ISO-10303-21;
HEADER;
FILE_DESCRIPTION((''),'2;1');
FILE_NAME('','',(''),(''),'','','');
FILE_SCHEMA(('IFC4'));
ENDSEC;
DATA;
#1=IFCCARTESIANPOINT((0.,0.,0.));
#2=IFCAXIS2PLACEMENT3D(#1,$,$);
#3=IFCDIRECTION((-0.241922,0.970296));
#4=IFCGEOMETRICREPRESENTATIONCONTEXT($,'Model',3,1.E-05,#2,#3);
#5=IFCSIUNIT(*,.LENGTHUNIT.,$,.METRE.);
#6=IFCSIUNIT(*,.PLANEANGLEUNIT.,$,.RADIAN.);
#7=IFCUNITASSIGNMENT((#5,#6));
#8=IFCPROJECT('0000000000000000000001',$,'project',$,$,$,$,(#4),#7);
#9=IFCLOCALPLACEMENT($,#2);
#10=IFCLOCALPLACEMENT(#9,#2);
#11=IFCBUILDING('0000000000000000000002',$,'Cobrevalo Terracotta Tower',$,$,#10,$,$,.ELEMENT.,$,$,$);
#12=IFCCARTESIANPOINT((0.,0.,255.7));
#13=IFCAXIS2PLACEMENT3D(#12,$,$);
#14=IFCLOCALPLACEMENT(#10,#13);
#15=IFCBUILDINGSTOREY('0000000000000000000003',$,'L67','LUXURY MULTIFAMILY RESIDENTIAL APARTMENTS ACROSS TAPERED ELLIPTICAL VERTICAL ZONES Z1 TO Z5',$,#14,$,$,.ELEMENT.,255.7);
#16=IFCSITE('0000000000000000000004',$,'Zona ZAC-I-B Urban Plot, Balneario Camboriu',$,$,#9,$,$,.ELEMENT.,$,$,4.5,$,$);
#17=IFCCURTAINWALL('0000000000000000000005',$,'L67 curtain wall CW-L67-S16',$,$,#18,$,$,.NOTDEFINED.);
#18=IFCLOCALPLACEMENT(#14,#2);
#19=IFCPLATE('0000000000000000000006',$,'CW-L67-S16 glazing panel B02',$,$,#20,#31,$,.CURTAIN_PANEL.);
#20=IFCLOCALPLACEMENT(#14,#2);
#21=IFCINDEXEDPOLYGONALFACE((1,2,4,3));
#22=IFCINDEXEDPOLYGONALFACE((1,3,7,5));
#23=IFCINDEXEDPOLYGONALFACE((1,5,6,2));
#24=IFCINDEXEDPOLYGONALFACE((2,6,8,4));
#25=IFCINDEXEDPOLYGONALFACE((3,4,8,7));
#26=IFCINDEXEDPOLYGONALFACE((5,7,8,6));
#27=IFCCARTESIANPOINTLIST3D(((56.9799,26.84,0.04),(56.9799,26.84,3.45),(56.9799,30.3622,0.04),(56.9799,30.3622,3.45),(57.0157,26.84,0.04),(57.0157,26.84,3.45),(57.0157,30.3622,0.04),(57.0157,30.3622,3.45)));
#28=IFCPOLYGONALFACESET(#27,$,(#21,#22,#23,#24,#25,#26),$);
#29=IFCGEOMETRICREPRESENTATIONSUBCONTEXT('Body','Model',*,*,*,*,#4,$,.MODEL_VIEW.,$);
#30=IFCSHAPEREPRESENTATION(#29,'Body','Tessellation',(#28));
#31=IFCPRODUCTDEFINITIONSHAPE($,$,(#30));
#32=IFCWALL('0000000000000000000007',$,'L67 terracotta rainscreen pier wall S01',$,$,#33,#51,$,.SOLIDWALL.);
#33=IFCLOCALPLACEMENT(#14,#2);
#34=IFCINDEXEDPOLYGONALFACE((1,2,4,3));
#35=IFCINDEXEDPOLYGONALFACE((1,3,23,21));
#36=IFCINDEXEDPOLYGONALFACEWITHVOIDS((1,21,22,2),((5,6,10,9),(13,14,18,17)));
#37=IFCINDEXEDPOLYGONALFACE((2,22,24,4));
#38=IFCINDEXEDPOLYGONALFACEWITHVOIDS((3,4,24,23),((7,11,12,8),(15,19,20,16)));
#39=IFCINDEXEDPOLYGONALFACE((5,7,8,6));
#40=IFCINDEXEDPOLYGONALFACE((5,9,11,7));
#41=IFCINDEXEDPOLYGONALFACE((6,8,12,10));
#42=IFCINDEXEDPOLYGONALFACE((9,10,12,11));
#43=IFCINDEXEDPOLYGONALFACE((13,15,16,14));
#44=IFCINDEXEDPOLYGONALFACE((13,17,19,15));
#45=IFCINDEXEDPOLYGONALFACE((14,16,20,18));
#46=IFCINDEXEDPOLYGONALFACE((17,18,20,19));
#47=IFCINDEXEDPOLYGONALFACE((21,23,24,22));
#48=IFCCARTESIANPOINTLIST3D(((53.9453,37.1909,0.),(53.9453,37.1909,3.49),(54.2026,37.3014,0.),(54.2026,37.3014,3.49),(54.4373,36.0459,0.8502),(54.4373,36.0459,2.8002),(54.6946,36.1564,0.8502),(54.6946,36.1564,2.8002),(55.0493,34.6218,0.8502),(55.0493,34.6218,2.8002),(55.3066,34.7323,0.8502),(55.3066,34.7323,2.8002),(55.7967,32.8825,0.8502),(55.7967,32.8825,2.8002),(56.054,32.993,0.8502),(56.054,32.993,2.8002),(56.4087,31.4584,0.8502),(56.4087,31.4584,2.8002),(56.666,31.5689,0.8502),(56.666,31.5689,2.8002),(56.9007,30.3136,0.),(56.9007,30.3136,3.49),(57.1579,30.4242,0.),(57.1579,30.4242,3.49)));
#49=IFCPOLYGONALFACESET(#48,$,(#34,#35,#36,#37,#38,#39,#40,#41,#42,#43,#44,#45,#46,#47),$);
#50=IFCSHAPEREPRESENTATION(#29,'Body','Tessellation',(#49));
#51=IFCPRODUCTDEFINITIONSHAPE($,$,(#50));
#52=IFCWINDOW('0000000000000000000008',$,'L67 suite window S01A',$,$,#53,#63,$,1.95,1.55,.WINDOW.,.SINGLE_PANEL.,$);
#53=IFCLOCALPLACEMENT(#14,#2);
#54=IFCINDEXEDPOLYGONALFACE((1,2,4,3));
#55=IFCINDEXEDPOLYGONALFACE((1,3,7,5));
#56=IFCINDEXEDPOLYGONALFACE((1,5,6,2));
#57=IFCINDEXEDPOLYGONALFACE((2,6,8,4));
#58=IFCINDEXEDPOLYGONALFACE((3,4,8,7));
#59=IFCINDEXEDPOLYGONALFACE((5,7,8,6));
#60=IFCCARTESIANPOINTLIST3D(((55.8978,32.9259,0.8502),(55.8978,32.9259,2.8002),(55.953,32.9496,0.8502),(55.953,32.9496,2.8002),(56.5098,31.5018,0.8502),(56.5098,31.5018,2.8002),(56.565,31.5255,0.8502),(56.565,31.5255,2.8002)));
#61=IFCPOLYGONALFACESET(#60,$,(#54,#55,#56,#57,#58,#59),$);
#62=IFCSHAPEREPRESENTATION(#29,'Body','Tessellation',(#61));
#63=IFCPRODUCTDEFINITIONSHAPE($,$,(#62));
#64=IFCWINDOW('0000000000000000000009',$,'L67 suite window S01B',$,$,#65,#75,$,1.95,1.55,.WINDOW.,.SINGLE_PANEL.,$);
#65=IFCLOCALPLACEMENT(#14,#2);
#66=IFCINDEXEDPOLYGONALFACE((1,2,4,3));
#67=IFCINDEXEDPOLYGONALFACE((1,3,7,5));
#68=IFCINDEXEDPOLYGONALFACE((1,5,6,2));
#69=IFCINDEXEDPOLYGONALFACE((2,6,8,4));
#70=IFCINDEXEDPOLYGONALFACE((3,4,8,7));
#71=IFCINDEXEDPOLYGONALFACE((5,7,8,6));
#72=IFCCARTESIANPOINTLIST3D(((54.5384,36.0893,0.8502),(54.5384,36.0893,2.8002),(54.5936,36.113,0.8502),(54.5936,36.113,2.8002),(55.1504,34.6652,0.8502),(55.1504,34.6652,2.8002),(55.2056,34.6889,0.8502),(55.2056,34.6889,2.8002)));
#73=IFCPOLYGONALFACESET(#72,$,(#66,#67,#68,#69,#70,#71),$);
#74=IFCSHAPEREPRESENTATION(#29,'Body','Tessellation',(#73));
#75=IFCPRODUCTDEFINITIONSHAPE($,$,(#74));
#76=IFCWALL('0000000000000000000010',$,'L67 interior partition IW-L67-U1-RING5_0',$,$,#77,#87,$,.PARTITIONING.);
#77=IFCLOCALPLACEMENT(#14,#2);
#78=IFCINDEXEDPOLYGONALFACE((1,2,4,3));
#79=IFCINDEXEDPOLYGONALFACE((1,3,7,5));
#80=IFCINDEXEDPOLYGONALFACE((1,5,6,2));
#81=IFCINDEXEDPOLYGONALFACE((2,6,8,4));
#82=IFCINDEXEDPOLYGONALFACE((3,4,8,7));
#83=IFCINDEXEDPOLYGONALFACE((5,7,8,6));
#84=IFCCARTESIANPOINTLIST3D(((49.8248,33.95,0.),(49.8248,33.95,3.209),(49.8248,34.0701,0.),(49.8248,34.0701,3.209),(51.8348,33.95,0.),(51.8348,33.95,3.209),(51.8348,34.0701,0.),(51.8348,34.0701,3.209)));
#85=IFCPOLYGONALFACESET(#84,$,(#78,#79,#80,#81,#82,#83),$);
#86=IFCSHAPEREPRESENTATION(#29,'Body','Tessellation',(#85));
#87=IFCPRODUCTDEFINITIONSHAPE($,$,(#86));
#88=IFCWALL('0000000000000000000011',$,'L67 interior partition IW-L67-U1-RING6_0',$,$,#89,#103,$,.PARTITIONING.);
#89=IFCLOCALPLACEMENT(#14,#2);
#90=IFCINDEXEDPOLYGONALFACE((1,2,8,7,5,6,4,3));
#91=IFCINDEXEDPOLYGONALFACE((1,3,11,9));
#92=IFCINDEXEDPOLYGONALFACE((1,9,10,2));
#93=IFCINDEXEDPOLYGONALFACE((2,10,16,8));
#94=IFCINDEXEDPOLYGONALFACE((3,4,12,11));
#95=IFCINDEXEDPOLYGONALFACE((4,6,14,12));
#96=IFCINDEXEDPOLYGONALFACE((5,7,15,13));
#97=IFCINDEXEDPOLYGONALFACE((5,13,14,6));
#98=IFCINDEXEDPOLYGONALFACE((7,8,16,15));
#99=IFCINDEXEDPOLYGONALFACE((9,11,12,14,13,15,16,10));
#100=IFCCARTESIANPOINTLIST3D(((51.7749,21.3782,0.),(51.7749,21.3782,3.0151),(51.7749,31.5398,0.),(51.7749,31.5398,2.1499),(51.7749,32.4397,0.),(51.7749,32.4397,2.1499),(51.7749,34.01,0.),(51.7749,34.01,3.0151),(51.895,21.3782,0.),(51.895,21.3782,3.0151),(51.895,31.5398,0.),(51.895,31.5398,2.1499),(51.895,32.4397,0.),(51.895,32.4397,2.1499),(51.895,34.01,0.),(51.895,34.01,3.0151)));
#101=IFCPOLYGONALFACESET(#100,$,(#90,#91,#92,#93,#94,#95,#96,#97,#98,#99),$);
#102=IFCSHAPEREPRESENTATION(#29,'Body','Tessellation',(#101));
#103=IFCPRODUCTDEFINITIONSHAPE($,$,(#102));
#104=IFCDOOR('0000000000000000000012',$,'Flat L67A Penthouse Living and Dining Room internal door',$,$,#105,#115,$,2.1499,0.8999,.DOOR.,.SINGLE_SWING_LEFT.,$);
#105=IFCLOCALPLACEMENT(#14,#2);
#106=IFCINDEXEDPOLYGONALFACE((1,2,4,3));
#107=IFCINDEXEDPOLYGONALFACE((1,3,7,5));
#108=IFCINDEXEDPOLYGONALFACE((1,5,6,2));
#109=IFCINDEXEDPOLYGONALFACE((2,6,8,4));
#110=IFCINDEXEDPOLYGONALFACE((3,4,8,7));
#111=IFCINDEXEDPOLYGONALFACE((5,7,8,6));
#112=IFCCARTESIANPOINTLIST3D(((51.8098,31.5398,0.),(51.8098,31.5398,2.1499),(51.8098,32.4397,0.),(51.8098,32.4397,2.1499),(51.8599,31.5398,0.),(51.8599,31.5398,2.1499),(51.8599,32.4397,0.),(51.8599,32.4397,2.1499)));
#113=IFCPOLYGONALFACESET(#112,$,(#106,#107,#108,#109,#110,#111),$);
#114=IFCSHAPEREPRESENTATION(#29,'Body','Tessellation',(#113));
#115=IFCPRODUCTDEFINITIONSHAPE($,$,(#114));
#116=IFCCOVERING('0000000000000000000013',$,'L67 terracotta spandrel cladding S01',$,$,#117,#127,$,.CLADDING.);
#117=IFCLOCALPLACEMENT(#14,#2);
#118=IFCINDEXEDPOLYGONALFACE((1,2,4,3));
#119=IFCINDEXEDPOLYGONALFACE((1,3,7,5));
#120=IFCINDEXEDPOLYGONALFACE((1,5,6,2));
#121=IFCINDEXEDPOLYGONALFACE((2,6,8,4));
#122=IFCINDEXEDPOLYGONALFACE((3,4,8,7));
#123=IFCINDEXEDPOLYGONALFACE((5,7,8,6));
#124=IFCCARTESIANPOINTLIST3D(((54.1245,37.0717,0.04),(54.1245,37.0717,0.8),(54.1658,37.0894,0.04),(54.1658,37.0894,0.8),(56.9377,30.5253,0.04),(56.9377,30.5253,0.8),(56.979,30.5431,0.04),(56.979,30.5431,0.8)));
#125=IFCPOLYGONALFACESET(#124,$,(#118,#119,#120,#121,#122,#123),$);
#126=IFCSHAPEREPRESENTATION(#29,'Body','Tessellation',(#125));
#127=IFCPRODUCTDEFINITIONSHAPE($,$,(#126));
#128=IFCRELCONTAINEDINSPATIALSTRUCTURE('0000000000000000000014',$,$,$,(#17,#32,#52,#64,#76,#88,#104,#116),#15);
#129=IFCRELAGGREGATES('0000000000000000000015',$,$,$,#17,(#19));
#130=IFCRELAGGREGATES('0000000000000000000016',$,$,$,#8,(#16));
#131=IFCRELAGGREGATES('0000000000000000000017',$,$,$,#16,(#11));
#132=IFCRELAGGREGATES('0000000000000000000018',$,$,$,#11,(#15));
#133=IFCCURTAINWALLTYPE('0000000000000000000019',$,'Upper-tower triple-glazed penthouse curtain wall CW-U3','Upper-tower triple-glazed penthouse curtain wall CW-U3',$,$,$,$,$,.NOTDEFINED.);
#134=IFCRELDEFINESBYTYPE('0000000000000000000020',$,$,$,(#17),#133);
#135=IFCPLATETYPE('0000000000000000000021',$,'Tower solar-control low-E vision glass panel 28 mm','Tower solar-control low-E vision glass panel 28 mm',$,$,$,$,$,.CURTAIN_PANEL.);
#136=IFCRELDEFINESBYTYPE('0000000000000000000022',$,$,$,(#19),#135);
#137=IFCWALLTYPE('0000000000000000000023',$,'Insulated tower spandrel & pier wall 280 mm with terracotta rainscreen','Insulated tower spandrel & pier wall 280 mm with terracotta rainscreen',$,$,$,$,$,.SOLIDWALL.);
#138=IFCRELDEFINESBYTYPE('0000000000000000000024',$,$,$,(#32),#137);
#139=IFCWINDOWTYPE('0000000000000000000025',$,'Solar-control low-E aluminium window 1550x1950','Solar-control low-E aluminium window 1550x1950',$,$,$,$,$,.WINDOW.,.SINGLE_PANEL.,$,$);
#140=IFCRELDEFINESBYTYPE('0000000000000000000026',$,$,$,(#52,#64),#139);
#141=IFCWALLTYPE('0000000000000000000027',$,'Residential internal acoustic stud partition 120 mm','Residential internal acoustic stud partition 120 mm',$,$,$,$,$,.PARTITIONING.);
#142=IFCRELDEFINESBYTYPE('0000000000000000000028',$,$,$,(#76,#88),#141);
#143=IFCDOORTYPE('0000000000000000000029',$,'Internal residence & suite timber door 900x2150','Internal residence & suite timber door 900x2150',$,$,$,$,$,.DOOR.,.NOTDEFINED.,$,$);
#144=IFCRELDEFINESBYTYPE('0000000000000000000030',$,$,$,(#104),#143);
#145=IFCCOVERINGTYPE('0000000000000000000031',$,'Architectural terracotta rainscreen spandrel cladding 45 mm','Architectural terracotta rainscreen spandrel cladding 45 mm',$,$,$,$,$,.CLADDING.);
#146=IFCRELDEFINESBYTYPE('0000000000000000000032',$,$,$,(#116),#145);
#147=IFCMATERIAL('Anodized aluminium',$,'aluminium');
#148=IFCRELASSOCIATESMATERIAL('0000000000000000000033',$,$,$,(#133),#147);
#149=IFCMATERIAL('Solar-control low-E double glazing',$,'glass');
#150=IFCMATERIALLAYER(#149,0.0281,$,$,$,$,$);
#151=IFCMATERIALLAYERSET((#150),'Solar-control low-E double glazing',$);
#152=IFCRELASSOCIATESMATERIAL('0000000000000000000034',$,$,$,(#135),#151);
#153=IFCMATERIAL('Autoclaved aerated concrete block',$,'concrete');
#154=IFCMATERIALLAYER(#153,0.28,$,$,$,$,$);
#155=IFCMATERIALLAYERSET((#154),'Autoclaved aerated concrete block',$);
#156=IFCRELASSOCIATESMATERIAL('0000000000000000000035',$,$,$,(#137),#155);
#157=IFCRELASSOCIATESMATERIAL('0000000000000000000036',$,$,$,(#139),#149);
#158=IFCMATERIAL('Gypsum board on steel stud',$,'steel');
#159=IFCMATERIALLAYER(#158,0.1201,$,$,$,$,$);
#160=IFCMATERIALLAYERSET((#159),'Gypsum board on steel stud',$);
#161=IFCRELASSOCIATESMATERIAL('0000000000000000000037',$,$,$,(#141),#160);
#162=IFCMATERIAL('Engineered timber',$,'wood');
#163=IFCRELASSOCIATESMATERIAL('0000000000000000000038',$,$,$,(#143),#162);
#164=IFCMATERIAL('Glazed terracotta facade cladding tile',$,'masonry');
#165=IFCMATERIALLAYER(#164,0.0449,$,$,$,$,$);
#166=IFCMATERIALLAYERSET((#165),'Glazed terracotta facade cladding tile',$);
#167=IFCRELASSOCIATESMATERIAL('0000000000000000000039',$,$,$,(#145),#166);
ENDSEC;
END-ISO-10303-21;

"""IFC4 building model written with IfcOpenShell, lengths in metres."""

from ifc_helpers import new_model, si_unit, direction, frame, frame_2d, origin, origin_2d, place, context, subcontext, project, spatial, rectangle, extrude, source, transform, mapped, material, layer, layer_set, type_object, element, fill, aggregate, save


model = new_model("IFC4")

# Units and contexts
model_context = context("Model", 3, precision=1e-05, world=origin(), true_north=direction((-0.241922, 0.970296)))
body_context = subcontext(model_context, "Body", "Model", "MODEL_VIEW")
ifc_project = project(units=[si_unit("LENGTHUNIT", "METRE"), si_unit("PLANEANGLEUNIT", "RADIAN")], contexts=[model_context])

# Site, building, storey
site_placement = place(None, origin())
site = spatial("IfcSite", under=ifc_project, at=site_placement, Name="Zona ZAC-I-B Urban Plot, Balneario Camboriu", CompositionType="ELEMENT", RefElevation=4.5)
building_placement = place(site_placement, origin())
building = spatial("IfcBuilding", under=site, at=building_placement, Name="Cobrevalo Terracotta Tower", CompositionType="ELEMENT")
storey_placement = place(building_placement, frame((0.0, 0.0, 255.7)))
storey = spatial("IfcBuildingStorey", under=building, at=storey_placement, Name="L67", Description="LUXURY MULTIFAMILY RESIDENTIAL APARTMENTS ACROSS TAPERED ELLIPTICAL VERTICAL ZONES Z1 TO Z5", CompositionType="ELEMENT", Elevation=255.7)

# Curtain wall, plate
ifc_material_1 = material(Name="Anodized aluminium", Category="aluminium")
curtain_wall_type = type_object("IfcCurtainWallType", Name="Upper-tower triple-glazed penthouse curtain wall CW-U3", Description="Upper-tower triple-glazed penthouse curtain wall CW-U3", PredefinedType="NOTDEFINED", material=ifc_material_1)
curtain_wall_placement = place(storey_placement, origin())
curtain_wall = element("IfcCurtainWall", 1, at=curtain_wall_placement, inside=storey, type_object=curtain_wall_type, Name="L67 curtain wall CW-L67-S16", PredefinedType="NOTDEFINED")
ifc_material_2 = material(Name="Solar-control low-E double glazing", Category="glass")
ifc_layer_1 = layer(ifc_material_2, 0.0281)
ifc_layer_set_1 = layer_set([ifc_layer_1], Name="Solar-control low-E double glazing")
plate_type = type_object("IfcPlateType", Name="Tower solar-control low-E vision glass panel 28 mm", Description="Tower solar-control low-E vision glass panel 28 mm", PredefinedType="CURTAIN_PANEL", material=ifc_layer_set_1)
shared_shape_1 = source(origin(), body_context, "Body", "SweptSolid", [
    extrude(rectangle(XDim=3.5222, YDim=0.0359, at=origin_2d()), origin(), (0.0, 0.0, 1.0), 3.4099),
])
plate_1_placement = place(storey_placement, frame((56.9978, 28.6011, 0.04), z_axis=(0.0, 0.0, 1.0), x_axis=(0.0, 1.0, 0.0)))
plate_1 = element("IfcPlate", 2, at=plate_1_placement, type_object=plate_type, Name="CW-L67-S16 glazing panel B02", PredefinedType="CURTAIN_PANEL", context=body_context, shape_type="MappedRepresentation", body=[
    mapped(shared_shape_1, transform((0.0, 0.0, 0.0), scale=1.0)),
])
aggregate(curtain_wall, [plate_1])

# Wall, openings, windows
ifc_material_3 = material(Name="Autoclaved aerated concrete block", Category="concrete")
ifc_layer_2 = layer(ifc_material_3, 0.28)
ifc_layer_set_2 = layer_set([ifc_layer_2], Name="Autoclaved aerated concrete block")
wall_type_1 = type_object("IfcWallType", Name="Insulated tower spandrel & pier wall 280 mm with terracotta rainscreen", Description="Insulated tower spandrel & pier wall 280 mm with terracotta rainscreen", PredefinedType="SOLIDWALL", material=ifc_layer_set_2)
wall_1_placement = place(storey_placement, frame((57.0293, 30.3689, 0.0), z_axis=(0.0, 0.0, 1.0), x_axis=(-0.394817, 0.91876, 0.0)))
wall_1 = element("IfcWall", 3, at=wall_1_placement, inside=storey, type_object=wall_type_1, Name="L67 terracotta rainscreen pier wall S01", PredefinedType="SOLIDWALL", context=body_context, shape_type="SweptSolid", body=[
    extrude(rectangle(XDim=7.4854, YDim=0.28, at=frame_2d((3.7427, 0.0))), origin(), (0.0, 0.0, 1.0), 3.49),
])
opening_1_placement = place(wall_1_placement, frame((1.2461, 0.0, 0.8501)))
opening_1 = element("IfcOpeningElement", 4, at=opening_1_placement, cuts=wall_1, PredefinedType="OPENING", context=body_context, shape_type="SweptSolid", body=[
    extrude(rectangle(XDim=1.55, YDim=1.95, at=frame_2d((0.7749, 0.9751))), frame((0.0, 0.1499, 0.0), z_axis=(0.0, -1.0, 0.0), x_axis=(1.0, 0.0, 0.0)), (0.0, 0.0, 1.0), 0.3),
])
opening_2_placement = place(wall_1_placement, frame((4.6892, 0.0, 0.8501)))
opening_2 = element("IfcOpeningElement", 5, at=opening_2_placement, cuts=wall_1, PredefinedType="OPENING", context=body_context, shape_type="SweptSolid", body=[
    extrude(rectangle(XDim=1.55, YDim=1.95, at=frame_2d((0.7749, 0.9751))), frame((0.0, 0.1499, 0.0), z_axis=(0.0, -1.0, 0.0), x_axis=(1.0, 0.0, 0.0)), (0.0, 0.0, 1.0), 0.3),
])
window_type = type_object("IfcWindowType", Name="Solar-control low-E aluminium window 1550x1950", Description="Solar-control low-E aluminium window 1550x1950", PartitioningType="SINGLE_PANEL", PredefinedType="WINDOW", material=ifc_material_2)
shared_shape_2 = source(origin(), body_context, "Body", "SweptSolid", [
    extrude(rectangle(XDim=1.55, YDim=1.95, at=frame_2d((0.7749, 0.9751))), frame((0.0, 0.03, 0.0), z_axis=(0.0, -1.0, 0.0), x_axis=(1.0, 0.0, 0.0)), (0.0, 0.0, 1.0), 0.0601),
])
window_1_placement = place(opening_1_placement, origin())
window_1 = element("IfcWindow", 6, at=window_1_placement, inside=storey, type_object=window_type, Name="L67 suite window S01A", OverallHeight=1.95, OverallWidth=1.55, PartitioningType="SINGLE_PANEL", PredefinedType="WINDOW", context=body_context, shape_type="MappedRepresentation", body=[
    mapped(shared_shape_2, transform((0.0, 0.0, 0.0), scale=1.0)),
])
fill(opening_1, window_1)
window_2_placement = place(opening_2_placement, origin())
window_2 = element("IfcWindow", 7, at=window_2_placement, inside=storey, type_object=window_type, Name="L67 suite window S01B", OverallHeight=1.95, OverallWidth=1.55, PartitioningType="SINGLE_PANEL", PredefinedType="WINDOW", context=body_context, shape_type="MappedRepresentation", body=[
    mapped(shared_shape_2, transform((0.0, 0.0, 0.0), scale=1.0)),
])
fill(opening_2, window_2)

# Wall
ifc_material_4 = material(Name="Gypsum board on steel stud", Category="steel")
ifc_layer_3 = layer(ifc_material_4, 0.1201)
ifc_layer_set_3 = layer_set([ifc_layer_3], Name="Gypsum board on steel stud")
wall_type_2 = type_object("IfcWallType", Name="Residential internal acoustic stud partition 120 mm", Description="Residential internal acoustic stud partition 120 mm", PredefinedType="PARTITIONING", material=ifc_layer_set_3)
wall_2_placement = place(storey_placement, frame((49.825, 34.01, 0.0), z_axis=(0.0, 0.0, 1.0), x_axis=(1.0, 0.0, 0.0)))
element("IfcWall", 8, at=wall_2_placement, inside=storey, type_object=wall_type_2, Name="L67 interior partition IW-L67-U1-RING5_0", PredefinedType="PARTITIONING", context=body_context, shape_type="SweptSolid", body=[
    extrude(rectangle(XDim=2.01, YDim=0.1201, at=frame_2d((1.0049, 0.0))), origin(), (0.0, 0.0, 1.0), 3.209),
])

# Wall, opening, door
wall_3_placement = place(storey_placement, frame((51.835, 34.01, 0.0), z_axis=(0.0, 0.0, 1.0), x_axis=(0.0, -1.0, 0.0)))
wall_3 = element("IfcWall", 9, at=wall_3_placement, inside=storey, type_object=wall_type_2, Name="L67 interior partition IW-L67-U1-RING6_0", PredefinedType="PARTITIONING", context=body_context, shape_type="SweptSolid", body=[
    extrude(rectangle(XDim=12.6318, YDim=0.1201, at=frame_2d((6.3159, 0.0))), origin(), (0.0, 0.0, 1.0), 3.0151),
])
opening_3_placement = place(wall_3_placement, frame((1.5703, 0.0, 0.0)))
opening_3 = element("IfcOpeningElement", 10, at=opening_3_placement, cuts=wall_3, PredefinedType="OPENING", context=body_context, shape_type="SweptSolid", body=[
    extrude(rectangle(XDim=0.8999, YDim=2.1499, at=frame_2d((0.45, 1.075))), frame((0.0, 0.0701, 0.0), z_axis=(0.0, -1.0, 0.0), x_axis=(1.0, 0.0, 0.0)), (0.0, 0.0, 1.0), 0.1401),
])
ifc_material_5 = material(Name="Engineered timber", Category="wood")
door_type_1 = type_object("IfcDoorType", Name="Internal residence & suite timber door 900x2150", Description="Internal residence & suite timber door 900x2150", OperationType="NOTDEFINED", PredefinedType="DOOR", material=ifc_material_5)
shared_shape_3 = source(origin(), body_context, "Body", "SweptSolid", [
    extrude(rectangle(XDim=0.8999, YDim=2.1499, at=frame_2d((0.45, 1.075))), frame((0.0, 0.0249, 0.0), z_axis=(0.0, -1.0, 0.0), x_axis=(1.0, 0.0, 0.0)), (0.0, 0.0, 1.0), 0.05),
])
door_1_placement = place(opening_3_placement, origin())
door_1 = element("IfcDoor", 11, at=door_1_placement, inside=storey, type_object=door_type_1, Name="Flat L67A Penthouse Living and Dining Room internal door", OperationType="SINGLE_SWING_LEFT", OverallHeight=2.1499, OverallWidth=0.8999, PredefinedType="DOOR", context=body_context, shape_type="MappedRepresentation", body=[
    mapped(shared_shape_3, transform((0.0, 0.0, 0.0), scale=1.0)),
])
fill(opening_3, door_1)

# Covering
ifc_material_6 = material(Name="Glazed terracotta facade cladding tile", Category="masonry")
ifc_layer_4 = layer(ifc_material_6, 0.0449)
ifc_layer_set_4 = layer_set([ifc_layer_4], Name="Glazed terracotta facade cladding tile")
covering_type = type_object("IfcCoveringType", Name="Architectural terracotta rainscreen spandrel cladding 45 mm", Description="Architectural terracotta rainscreen spandrel cladding 45 mm", PredefinedType="CLADDING", material=ifc_layer_set_4)
shared_shape_4 = source(origin(), body_context, "Body", "SweptSolid", [
    extrude(rectangle(XDim=7.1252, YDim=0.0449, at=origin_2d()), origin(), (0.0, 0.0, 1.0), 0.76),
])
covering_placement = place(storey_placement, frame((55.5518, 33.8074, 0.04), z_axis=(0.0, 0.0, 1.0), x_axis=(-0.394829, 0.918755, 0.0)))
element("IfcCovering", 12, at=covering_placement, inside=storey, type_object=covering_type, Name="L67 terracotta spandrel cladding S01", PredefinedType="CLADDING", context=body_context, shape_type="MappedRepresentation", body=[
    mapped(shared_shape_4, transform((0.0, 0.0, 0.0), scale=1.0)),
])

save(model, "model.ifc")
